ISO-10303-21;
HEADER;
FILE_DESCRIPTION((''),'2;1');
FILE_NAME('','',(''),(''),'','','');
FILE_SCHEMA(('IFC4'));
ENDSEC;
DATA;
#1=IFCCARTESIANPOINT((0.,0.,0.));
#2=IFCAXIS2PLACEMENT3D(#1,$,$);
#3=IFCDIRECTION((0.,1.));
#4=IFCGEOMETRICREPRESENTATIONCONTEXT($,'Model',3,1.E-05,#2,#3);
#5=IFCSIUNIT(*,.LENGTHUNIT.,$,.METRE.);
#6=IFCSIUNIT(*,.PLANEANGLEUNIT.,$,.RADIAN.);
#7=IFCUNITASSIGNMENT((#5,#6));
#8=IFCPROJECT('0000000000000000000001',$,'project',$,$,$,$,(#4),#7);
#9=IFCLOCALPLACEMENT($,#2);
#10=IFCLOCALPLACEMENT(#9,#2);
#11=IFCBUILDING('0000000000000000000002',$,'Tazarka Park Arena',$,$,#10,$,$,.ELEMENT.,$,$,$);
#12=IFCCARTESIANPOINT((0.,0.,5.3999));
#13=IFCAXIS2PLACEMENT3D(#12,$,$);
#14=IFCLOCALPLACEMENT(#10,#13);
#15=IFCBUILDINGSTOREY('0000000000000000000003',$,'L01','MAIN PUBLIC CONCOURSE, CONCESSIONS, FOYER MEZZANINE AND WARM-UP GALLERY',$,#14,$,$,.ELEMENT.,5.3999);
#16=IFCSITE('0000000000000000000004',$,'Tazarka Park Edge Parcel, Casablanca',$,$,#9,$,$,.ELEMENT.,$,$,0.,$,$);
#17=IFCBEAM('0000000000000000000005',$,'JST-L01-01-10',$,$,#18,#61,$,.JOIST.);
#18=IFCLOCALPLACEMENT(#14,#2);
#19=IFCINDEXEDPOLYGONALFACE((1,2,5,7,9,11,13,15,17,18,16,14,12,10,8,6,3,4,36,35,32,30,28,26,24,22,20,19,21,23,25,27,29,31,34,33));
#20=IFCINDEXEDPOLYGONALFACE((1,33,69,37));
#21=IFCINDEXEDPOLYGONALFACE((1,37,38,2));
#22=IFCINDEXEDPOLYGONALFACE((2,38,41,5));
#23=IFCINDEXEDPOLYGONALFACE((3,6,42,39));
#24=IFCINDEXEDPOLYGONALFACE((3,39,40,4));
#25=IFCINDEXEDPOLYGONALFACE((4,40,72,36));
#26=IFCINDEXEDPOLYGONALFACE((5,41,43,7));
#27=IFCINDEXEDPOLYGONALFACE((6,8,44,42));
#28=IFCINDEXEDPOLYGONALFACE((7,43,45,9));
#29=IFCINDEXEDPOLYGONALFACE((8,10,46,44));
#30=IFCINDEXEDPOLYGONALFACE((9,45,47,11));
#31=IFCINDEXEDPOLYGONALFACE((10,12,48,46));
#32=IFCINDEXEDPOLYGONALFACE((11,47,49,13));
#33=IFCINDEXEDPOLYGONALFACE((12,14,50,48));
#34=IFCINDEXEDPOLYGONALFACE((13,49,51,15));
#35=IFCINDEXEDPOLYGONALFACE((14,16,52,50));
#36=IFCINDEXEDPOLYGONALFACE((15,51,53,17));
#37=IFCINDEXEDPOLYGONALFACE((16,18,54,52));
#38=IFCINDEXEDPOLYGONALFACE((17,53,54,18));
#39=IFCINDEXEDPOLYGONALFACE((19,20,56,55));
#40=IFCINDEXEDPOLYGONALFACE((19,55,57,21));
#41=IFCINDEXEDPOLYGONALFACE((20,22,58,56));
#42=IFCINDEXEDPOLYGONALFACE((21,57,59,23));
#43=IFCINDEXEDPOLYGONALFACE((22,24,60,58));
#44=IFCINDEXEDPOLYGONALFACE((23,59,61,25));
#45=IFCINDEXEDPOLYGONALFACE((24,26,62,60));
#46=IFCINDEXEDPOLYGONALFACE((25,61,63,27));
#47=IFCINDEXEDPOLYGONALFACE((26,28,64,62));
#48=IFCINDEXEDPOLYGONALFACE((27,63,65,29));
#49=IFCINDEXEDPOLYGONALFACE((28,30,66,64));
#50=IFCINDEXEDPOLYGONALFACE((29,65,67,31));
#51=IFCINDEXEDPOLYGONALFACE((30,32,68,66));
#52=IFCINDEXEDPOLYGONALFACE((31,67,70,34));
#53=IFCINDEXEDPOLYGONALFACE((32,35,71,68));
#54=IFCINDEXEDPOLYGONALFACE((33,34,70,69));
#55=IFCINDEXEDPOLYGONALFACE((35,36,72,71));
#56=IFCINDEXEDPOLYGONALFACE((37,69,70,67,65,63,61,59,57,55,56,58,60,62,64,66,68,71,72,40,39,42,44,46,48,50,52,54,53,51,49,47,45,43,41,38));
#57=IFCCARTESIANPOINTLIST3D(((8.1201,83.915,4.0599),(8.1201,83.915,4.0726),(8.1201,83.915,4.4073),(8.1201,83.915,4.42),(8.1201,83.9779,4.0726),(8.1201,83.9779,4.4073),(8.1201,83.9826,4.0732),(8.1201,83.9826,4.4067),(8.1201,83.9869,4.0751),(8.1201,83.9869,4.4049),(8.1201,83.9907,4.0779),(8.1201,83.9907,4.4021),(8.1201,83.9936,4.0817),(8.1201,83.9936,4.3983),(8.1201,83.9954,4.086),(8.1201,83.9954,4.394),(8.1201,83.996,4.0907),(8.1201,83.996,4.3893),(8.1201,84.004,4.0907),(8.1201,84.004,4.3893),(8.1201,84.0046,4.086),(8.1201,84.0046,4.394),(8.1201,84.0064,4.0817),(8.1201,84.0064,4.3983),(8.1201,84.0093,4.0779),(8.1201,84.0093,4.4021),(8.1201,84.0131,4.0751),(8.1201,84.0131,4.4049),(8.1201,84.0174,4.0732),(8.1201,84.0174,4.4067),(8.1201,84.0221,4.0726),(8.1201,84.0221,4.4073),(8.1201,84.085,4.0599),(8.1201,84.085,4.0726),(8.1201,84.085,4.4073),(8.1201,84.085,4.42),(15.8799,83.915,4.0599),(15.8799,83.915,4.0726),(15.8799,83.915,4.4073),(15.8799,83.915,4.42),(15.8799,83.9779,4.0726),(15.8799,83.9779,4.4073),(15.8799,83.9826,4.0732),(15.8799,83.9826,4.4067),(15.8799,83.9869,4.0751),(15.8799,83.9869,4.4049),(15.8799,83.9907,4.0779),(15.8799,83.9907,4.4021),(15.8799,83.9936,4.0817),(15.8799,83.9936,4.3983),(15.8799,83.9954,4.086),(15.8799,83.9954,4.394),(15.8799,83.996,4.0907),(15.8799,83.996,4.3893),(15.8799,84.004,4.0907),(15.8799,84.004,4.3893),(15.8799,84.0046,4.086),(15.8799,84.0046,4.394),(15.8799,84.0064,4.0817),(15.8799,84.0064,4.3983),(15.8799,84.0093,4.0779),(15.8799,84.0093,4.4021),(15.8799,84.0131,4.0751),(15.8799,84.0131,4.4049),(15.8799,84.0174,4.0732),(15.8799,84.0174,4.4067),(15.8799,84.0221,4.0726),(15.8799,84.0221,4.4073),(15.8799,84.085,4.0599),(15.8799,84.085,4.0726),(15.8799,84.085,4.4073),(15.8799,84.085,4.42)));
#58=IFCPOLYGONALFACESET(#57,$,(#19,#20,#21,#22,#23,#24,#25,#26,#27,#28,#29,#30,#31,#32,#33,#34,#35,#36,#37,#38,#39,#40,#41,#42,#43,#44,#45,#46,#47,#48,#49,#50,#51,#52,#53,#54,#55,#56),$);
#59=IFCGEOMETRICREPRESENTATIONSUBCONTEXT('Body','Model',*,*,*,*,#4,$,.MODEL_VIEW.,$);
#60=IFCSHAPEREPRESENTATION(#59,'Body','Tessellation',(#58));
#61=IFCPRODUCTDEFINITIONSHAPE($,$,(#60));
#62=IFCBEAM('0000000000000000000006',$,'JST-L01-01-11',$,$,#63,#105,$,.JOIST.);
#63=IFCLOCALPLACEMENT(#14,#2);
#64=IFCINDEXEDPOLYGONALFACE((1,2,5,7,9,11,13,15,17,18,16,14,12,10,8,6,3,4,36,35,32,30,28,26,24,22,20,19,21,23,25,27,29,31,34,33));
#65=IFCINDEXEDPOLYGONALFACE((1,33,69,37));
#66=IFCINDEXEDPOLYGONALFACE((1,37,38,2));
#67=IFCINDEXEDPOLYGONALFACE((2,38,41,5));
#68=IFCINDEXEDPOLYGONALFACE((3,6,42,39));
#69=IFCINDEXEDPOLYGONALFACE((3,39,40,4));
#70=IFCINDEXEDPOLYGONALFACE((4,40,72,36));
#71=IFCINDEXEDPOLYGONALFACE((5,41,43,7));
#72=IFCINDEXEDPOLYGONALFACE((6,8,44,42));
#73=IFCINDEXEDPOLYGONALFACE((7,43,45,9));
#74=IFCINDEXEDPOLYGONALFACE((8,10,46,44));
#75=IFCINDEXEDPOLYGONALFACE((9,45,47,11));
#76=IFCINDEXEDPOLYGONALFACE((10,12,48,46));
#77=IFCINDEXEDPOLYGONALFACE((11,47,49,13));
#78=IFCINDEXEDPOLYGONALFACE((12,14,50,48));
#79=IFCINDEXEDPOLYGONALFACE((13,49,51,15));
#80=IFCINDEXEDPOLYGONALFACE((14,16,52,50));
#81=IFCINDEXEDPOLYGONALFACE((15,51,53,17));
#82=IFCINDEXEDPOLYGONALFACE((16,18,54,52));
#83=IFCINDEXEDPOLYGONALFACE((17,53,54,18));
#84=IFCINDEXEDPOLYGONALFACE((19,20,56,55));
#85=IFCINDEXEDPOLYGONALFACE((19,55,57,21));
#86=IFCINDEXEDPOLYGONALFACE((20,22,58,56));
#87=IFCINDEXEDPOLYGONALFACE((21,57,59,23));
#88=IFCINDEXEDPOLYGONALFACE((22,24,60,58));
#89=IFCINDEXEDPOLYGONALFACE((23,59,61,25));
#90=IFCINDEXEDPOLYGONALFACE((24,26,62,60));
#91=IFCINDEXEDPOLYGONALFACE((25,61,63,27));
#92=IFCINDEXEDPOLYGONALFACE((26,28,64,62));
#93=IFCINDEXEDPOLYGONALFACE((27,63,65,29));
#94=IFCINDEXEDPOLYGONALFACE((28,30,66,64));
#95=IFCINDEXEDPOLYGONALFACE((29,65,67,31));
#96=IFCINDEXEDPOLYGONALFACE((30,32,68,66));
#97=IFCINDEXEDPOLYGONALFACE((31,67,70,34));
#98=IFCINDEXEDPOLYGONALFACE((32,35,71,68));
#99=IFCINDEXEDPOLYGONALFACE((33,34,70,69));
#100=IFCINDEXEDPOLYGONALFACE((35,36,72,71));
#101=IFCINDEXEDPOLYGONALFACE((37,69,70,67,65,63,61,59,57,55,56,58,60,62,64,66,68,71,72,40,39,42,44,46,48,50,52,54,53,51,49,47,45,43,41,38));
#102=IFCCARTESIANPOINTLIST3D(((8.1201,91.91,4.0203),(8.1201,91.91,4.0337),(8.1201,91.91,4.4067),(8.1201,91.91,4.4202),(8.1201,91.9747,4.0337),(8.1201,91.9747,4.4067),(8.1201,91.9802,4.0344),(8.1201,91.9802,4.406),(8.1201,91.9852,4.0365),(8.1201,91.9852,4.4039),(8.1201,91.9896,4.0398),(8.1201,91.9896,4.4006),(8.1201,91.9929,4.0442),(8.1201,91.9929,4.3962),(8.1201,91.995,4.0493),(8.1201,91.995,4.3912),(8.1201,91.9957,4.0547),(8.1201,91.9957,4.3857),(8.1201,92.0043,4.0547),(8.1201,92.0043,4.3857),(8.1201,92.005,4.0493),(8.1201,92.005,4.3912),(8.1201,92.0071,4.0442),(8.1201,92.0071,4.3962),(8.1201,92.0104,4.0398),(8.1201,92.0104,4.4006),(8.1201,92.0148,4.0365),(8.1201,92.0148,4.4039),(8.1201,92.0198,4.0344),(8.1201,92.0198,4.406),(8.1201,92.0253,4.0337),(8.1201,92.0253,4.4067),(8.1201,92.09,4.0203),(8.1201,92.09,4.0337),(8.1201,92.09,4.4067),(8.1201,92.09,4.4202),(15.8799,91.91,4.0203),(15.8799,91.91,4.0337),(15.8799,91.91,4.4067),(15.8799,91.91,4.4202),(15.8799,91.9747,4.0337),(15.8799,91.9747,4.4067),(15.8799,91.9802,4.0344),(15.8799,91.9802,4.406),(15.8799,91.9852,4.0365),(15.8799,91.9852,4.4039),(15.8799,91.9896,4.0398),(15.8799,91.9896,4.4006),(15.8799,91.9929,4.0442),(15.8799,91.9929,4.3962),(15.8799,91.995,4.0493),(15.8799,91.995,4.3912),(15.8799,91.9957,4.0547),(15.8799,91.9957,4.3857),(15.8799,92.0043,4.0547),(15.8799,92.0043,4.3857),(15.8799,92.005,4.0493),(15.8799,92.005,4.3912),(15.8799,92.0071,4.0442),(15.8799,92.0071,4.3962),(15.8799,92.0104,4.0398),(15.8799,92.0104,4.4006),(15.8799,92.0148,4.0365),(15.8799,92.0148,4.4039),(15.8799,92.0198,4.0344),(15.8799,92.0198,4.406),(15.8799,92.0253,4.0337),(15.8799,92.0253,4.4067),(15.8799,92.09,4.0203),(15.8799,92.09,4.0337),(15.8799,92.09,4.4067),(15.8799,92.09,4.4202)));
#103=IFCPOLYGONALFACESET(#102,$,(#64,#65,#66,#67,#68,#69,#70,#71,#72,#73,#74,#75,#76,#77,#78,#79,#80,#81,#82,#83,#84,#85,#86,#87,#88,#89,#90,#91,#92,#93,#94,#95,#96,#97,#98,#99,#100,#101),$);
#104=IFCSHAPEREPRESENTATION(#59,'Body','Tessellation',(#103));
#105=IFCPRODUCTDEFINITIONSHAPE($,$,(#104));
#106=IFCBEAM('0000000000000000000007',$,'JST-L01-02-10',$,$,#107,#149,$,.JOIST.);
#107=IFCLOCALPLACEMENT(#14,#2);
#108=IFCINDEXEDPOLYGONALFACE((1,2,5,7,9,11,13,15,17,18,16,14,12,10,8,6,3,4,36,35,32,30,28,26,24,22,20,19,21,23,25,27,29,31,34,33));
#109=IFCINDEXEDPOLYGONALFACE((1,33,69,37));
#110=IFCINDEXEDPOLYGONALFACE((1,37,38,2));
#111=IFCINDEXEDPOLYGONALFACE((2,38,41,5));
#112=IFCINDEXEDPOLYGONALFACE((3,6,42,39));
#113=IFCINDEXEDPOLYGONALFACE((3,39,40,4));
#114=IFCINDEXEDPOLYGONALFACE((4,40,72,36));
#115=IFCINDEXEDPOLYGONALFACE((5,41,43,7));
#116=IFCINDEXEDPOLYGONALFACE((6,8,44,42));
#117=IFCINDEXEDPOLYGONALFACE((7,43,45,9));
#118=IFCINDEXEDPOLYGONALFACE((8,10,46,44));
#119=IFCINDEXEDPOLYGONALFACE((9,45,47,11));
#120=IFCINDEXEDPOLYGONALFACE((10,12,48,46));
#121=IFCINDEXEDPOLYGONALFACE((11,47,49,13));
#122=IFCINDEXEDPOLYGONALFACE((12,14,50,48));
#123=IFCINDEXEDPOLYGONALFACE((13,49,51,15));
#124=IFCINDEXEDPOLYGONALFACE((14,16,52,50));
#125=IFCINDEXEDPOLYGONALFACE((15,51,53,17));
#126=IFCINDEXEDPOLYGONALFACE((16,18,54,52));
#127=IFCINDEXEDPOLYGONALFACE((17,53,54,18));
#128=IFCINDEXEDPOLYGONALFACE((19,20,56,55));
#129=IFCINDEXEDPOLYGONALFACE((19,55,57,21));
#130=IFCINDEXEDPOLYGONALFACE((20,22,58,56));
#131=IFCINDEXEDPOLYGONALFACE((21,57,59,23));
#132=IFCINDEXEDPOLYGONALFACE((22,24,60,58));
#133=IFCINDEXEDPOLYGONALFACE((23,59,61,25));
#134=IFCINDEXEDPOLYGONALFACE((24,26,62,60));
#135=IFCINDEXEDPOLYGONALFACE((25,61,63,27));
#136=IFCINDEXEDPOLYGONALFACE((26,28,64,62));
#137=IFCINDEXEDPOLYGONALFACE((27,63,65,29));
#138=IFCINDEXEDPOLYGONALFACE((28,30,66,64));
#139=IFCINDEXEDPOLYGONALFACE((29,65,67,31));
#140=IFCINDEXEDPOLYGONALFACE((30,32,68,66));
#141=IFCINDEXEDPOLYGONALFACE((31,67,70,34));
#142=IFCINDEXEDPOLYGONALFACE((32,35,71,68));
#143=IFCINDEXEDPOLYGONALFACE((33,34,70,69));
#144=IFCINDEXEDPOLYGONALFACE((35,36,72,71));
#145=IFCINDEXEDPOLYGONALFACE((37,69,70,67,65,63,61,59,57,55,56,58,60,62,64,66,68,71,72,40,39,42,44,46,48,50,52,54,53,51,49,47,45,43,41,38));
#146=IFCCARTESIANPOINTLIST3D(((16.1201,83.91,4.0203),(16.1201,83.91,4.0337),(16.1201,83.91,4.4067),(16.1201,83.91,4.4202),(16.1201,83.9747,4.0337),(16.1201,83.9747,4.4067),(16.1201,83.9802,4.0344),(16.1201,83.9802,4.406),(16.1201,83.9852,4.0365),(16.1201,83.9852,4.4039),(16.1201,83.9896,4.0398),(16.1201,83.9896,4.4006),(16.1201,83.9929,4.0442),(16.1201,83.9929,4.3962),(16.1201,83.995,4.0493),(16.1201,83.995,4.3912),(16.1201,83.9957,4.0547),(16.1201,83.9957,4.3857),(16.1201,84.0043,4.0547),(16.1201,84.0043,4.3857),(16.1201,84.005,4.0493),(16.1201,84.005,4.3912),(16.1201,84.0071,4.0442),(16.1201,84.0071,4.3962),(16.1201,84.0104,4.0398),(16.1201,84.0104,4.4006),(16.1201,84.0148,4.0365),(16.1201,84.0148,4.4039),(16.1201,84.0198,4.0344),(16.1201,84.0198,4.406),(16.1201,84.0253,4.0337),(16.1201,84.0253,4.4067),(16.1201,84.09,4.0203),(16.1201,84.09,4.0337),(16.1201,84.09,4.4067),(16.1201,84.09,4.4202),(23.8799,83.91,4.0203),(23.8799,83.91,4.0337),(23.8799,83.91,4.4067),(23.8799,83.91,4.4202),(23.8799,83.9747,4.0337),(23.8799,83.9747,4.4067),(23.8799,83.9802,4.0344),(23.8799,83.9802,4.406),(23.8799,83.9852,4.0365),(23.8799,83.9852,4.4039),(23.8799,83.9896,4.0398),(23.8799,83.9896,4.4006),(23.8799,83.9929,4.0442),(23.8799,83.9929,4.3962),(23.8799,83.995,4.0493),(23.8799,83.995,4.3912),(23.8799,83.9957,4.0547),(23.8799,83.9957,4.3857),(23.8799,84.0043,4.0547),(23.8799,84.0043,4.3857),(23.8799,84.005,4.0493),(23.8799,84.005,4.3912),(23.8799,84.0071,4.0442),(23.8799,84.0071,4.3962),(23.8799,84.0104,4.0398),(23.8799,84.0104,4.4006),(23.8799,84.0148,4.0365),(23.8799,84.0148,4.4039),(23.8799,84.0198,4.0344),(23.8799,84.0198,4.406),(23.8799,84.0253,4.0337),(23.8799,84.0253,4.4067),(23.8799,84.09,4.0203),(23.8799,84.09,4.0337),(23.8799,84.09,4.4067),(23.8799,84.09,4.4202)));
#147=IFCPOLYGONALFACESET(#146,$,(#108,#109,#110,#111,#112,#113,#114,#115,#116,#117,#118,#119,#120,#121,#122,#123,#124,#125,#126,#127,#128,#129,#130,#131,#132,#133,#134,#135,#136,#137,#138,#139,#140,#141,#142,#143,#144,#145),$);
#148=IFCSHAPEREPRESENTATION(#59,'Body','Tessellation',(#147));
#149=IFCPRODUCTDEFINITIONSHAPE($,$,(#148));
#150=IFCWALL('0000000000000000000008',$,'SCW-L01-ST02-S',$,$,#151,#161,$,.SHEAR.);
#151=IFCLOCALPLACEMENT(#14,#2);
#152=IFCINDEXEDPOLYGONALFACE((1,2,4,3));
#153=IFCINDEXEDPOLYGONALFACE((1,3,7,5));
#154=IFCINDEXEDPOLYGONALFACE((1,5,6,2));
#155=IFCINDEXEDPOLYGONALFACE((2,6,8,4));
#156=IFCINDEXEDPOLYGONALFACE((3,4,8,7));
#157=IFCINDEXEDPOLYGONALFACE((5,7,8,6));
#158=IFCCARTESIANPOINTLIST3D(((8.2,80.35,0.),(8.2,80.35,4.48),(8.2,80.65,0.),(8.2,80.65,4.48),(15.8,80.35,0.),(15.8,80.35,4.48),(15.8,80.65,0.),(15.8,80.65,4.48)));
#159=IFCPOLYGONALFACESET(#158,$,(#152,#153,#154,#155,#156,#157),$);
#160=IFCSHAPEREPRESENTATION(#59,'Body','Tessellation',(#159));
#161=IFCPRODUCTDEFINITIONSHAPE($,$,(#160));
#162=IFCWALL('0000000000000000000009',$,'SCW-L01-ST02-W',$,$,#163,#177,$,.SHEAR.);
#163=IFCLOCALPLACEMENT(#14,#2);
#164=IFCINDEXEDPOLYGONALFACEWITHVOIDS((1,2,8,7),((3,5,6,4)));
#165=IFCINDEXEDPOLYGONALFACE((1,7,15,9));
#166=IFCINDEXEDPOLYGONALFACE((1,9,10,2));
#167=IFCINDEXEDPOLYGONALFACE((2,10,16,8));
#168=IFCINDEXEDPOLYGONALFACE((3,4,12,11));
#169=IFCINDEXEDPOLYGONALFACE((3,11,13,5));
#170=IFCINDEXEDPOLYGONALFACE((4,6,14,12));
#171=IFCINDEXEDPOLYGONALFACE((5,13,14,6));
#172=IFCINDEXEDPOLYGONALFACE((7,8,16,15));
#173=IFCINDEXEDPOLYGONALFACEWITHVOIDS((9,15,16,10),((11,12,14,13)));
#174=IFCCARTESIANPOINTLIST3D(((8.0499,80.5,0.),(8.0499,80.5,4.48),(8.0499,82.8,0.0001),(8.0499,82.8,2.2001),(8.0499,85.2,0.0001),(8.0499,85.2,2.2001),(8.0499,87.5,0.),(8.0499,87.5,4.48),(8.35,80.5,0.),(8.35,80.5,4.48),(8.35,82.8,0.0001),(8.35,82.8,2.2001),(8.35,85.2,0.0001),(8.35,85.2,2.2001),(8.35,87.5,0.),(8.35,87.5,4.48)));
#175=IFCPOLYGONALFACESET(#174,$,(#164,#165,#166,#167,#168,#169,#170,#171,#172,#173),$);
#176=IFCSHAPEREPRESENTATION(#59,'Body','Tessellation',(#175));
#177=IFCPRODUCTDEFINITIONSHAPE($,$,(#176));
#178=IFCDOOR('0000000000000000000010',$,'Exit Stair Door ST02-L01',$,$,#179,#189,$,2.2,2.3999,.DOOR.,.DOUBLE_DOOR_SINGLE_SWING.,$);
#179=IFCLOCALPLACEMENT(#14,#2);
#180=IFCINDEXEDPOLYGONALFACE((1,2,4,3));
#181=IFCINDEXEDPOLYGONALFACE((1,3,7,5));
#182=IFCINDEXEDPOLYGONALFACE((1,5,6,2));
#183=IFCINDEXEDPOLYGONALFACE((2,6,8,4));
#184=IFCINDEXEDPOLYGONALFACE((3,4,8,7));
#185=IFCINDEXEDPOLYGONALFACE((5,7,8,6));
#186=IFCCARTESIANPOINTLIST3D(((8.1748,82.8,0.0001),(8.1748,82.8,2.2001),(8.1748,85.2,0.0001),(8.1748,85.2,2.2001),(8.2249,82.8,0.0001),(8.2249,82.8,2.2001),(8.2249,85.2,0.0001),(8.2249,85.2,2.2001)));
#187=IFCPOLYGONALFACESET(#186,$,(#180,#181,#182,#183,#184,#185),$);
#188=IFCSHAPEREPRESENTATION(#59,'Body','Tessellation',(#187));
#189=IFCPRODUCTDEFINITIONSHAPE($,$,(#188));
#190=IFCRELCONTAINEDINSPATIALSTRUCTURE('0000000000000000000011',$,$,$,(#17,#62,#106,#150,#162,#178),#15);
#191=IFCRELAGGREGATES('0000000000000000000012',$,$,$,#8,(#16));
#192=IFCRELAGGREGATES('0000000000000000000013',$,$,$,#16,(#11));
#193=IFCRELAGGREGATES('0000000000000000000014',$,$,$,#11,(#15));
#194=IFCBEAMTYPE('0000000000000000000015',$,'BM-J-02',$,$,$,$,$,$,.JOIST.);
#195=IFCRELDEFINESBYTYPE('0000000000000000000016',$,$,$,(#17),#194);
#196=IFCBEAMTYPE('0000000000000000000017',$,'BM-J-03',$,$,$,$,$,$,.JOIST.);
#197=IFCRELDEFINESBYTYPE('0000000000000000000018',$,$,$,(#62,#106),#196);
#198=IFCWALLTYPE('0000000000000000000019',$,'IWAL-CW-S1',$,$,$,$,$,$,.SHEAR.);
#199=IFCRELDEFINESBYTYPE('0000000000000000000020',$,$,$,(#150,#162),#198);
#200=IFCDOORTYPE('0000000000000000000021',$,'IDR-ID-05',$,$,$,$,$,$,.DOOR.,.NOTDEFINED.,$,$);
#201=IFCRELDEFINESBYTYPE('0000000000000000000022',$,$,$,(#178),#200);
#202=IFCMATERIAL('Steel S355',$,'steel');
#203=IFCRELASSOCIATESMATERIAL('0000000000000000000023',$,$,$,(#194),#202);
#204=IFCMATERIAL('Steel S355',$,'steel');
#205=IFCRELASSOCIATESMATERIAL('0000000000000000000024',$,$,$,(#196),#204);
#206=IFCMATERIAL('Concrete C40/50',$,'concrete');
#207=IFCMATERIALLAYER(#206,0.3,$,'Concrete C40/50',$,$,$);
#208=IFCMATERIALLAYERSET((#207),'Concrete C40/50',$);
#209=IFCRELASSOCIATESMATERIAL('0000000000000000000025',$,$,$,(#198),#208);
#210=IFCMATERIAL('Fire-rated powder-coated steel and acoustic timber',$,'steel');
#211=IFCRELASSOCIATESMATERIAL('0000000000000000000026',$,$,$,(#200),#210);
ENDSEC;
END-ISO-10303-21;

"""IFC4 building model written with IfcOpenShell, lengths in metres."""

from ifc_helpers import new_model, si_unit, direction, frame, frame_2d, origin, origin_2d, place, context, subcontext, project, spatial, rectangle, i_section, extrude, material, layer, layer_set, material_profile, profile_set, type_object, element, fill, save


model = new_model("IFC4")

# Units and contexts
model_context = context("Model", 3, precision=1e-05, world=origin(), true_north=direction((0.0, 1.0)))
body_context = subcontext(model_context, "Body", "Model", "MODEL_VIEW")
ifc_project = project(units=[si_unit("LENGTHUNIT", "METRE"), si_unit("PLANEANGLEUNIT", "RADIAN")], contexts=[model_context])

# Site, building, storey
site_placement = place(None, origin())
site = spatial("IfcSite", under=ifc_project, at=site_placement, Name="Tazarka Park Edge Parcel, Casablanca", CompositionType="ELEMENT", RefElevation=0.0)
building_placement = place(site_placement, origin())
building = spatial("IfcBuilding", under=site, at=building_placement, Name="Tazarka Park Arena", CompositionType="ELEMENT")
storey_placement = place(building_placement, frame((0.0, 0.0, 5.3999)))
storey = spatial("IfcBuildingStorey", under=building, at=storey_placement, Name="L01", Description="MAIN PUBLIC CONCOURSE, CONCESSIONS, FOYER MEZZANINE AND WARM-UP GALLERY", CompositionType="ELEMENT", Elevation=5.3999)

# Beams
ifc_material_1 = material(Name="Steel S355", Category="steel")
ifc_material_profile_1 = material_profile(ifc_material_1, i_section(OverallWidth=0.1699, OverallDepth=0.3601, WebThickness=0.0081, FlangeThickness=0.0127, FilletRadius=0.0181, at=origin_2d()), Name="Steel S355")
ifc_profile_set_1 = profile_set([ifc_material_profile_1], Name="Steel S355")
beam_type_1 = type_object("IfcBeamType", Name="BM-J-02", PredefinedType="JOIST", material=ifc_profile_set_1)
beam_1_placement = place(storey_placement, frame((8.1201, 84.0, 4.24), z_axis=(1.0, 0.0, 0.0), x_axis=(0.0, 1.0, 0.0)))
element("IfcBeam", 1, at=beam_1_placement, inside=storey, type_object=beam_type_1, Name="JST-L01-01-10", PredefinedType="JOIST", context=body_context, shape_type="SweptSolid", body=[
    extrude(i_section(OverallWidth=0.1699, OverallDepth=0.3601, WebThickness=0.0081, FlangeThickness=0.0127, FilletRadius=0.0181, at=origin_2d()), origin(), (0.0, 0.0, 1.0), 7.7598),
])
ifc_material_2 = material(Name="Steel S355", Category="steel")
ifc_material_profile_2 = material_profile(ifc_material_2, i_section(OverallWidth=0.1799, OverallDepth=0.3999, WebThickness=0.0085, FlangeThickness=0.0134, FilletRadius=0.021, at=origin_2d()), Name="Steel S355")
ifc_profile_set_2 = profile_set([ifc_material_profile_2], Name="Steel S355")
beam_type_2 = type_object("IfcBeamType", Name="BM-J-03", PredefinedType="JOIST", material=ifc_profile_set_2)
for number, where, z_axis, x_axis, name in (
    (2, (8.1201, 92.0, 4.2202), (1.0, 0.0, 0.0), (0.0, 1.0, 0.0), "JST-L01-01-11"),
    (3, (16.1201, 84.0, 4.2202), (1.0, 0.0, 0.0), (0.0, 1.0, 0.0), "JST-L01-02-10"),
):
    element("IfcBeam", number, at=place(storey_placement, frame(where, z_axis=z_axis, x_axis=x_axis)), inside=storey, type_object=beam_type_2, Name=name, PredefinedType="JOIST", context=body_context, shape_type="SweptSolid", body=[
        extrude(i_section(OverallWidth=0.1799, OverallDepth=0.3999, WebThickness=0.0085, FlangeThickness=0.0134, FilletRadius=0.021, at=origin_2d()), origin(), (0.0, 0.0, 1.0), 7.7598),
    ])

# Wall
ifc_material_3 = material(Name="Concrete C40/50", Category="concrete")
ifc_layer_1 = layer(ifc_material_3, 0.3, Name="Concrete C40/50")
ifc_layer_set_1 = layer_set([ifc_layer_1], Name="Concrete C40/50")
wall_type_1 = type_object("IfcWallType", Name="IWAL-CW-S1", PredefinedType="SHEAR", material=ifc_layer_set_1)
wall_1_placement = place(storey_placement, frame((15.8, 80.5, 0.0), z_axis=(0.0, 0.0, 1.0), x_axis=(-1.0, 0.0, 0.0)))
element("IfcWall", 4, at=wall_1_placement, inside=storey, type_object=wall_type_1, Name="SCW-L01-ST02-S", PredefinedType="SHEAR", context=body_context, shape_type="SweptSolid", body=[
    extrude(rectangle(XDim=7.6001, YDim=0.3, at=frame_2d((3.8, 0.0))), origin(), (0.0, 0.0, 1.0), 4.48),
])

# Wall, opening, door
wall_2_placement = place(storey_placement, frame((8.2, 80.5, 0.0), z_axis=(0.0, 0.0, 1.0), x_axis=(0.0, 1.0, 0.0)))
wall_2 = element("IfcWall", 5, at=wall_2_placement, inside=storey, type_object=wall_type_1, Name="SCW-L01-ST02-W", PredefinedType="SHEAR", context=body_context, shape_type="SweptSolid", body=[
    extrude(rectangle(XDim=7.0, YDim=0.3, at=frame_2d((3.5, 0.0))), origin(), (0.0, 0.0, 1.0), 4.48),
])
opening_1_placement = place(wall_2_placement, frame((2.3, 0.0, 0.0)))
opening_1 = element("IfcOpeningElement", 6, at=opening_1_placement, cuts=wall_2, PredefinedType="OPENING", context=body_context, shape_type="SweptSolid", body=[
    extrude(rectangle(XDim=2.3999, YDim=2.2, at=frame_2d((1.2, 1.1001))), frame((0.0, 0.1602, 0.0), z_axis=(0.0, -1.0, 0.0), x_axis=(1.0, 0.0, 0.0)), (0.0, 0.0, 1.0), 0.3201),
])
ifc_material_4 = material(Name="Fire-rated powder-coated steel and acoustic timber", Category="steel")
door_type_1 = type_object("IfcDoorType", Name="IDR-ID-05", OperationType="NOTDEFINED", PredefinedType="DOOR", material=ifc_material_4)
door_1_placement = place(opening_1_placement, frame((2.3999, 0.0, 0.0), z_axis=(0.0, 0.0, 1.0), x_axis=(-1.0, 0.0, 0.0)))
door_1 = element("IfcDoor", 7, at=door_1_placement, inside=storey, type_object=door_type_1, Name="Exit Stair Door ST02-L01", OperationType="DOUBLE_DOOR_SINGLE_SWING", OverallHeight=2.2, OverallWidth=2.3999, PredefinedType="DOOR", context=body_context, shape_type="SweptSolid", body=[
    extrude(rectangle(XDim=2.3999, YDim=2.2, at=frame_2d((1.2, 1.1001))), frame((0.0, 0.0249, 0.0), z_axis=(0.0, -1.0, 0.0), x_axis=(1.0, 0.0, 0.0)), (0.0, 0.0, 1.0), 0.05),
])
fill(opening_1, door_1)

save(model, "model.ifc")
